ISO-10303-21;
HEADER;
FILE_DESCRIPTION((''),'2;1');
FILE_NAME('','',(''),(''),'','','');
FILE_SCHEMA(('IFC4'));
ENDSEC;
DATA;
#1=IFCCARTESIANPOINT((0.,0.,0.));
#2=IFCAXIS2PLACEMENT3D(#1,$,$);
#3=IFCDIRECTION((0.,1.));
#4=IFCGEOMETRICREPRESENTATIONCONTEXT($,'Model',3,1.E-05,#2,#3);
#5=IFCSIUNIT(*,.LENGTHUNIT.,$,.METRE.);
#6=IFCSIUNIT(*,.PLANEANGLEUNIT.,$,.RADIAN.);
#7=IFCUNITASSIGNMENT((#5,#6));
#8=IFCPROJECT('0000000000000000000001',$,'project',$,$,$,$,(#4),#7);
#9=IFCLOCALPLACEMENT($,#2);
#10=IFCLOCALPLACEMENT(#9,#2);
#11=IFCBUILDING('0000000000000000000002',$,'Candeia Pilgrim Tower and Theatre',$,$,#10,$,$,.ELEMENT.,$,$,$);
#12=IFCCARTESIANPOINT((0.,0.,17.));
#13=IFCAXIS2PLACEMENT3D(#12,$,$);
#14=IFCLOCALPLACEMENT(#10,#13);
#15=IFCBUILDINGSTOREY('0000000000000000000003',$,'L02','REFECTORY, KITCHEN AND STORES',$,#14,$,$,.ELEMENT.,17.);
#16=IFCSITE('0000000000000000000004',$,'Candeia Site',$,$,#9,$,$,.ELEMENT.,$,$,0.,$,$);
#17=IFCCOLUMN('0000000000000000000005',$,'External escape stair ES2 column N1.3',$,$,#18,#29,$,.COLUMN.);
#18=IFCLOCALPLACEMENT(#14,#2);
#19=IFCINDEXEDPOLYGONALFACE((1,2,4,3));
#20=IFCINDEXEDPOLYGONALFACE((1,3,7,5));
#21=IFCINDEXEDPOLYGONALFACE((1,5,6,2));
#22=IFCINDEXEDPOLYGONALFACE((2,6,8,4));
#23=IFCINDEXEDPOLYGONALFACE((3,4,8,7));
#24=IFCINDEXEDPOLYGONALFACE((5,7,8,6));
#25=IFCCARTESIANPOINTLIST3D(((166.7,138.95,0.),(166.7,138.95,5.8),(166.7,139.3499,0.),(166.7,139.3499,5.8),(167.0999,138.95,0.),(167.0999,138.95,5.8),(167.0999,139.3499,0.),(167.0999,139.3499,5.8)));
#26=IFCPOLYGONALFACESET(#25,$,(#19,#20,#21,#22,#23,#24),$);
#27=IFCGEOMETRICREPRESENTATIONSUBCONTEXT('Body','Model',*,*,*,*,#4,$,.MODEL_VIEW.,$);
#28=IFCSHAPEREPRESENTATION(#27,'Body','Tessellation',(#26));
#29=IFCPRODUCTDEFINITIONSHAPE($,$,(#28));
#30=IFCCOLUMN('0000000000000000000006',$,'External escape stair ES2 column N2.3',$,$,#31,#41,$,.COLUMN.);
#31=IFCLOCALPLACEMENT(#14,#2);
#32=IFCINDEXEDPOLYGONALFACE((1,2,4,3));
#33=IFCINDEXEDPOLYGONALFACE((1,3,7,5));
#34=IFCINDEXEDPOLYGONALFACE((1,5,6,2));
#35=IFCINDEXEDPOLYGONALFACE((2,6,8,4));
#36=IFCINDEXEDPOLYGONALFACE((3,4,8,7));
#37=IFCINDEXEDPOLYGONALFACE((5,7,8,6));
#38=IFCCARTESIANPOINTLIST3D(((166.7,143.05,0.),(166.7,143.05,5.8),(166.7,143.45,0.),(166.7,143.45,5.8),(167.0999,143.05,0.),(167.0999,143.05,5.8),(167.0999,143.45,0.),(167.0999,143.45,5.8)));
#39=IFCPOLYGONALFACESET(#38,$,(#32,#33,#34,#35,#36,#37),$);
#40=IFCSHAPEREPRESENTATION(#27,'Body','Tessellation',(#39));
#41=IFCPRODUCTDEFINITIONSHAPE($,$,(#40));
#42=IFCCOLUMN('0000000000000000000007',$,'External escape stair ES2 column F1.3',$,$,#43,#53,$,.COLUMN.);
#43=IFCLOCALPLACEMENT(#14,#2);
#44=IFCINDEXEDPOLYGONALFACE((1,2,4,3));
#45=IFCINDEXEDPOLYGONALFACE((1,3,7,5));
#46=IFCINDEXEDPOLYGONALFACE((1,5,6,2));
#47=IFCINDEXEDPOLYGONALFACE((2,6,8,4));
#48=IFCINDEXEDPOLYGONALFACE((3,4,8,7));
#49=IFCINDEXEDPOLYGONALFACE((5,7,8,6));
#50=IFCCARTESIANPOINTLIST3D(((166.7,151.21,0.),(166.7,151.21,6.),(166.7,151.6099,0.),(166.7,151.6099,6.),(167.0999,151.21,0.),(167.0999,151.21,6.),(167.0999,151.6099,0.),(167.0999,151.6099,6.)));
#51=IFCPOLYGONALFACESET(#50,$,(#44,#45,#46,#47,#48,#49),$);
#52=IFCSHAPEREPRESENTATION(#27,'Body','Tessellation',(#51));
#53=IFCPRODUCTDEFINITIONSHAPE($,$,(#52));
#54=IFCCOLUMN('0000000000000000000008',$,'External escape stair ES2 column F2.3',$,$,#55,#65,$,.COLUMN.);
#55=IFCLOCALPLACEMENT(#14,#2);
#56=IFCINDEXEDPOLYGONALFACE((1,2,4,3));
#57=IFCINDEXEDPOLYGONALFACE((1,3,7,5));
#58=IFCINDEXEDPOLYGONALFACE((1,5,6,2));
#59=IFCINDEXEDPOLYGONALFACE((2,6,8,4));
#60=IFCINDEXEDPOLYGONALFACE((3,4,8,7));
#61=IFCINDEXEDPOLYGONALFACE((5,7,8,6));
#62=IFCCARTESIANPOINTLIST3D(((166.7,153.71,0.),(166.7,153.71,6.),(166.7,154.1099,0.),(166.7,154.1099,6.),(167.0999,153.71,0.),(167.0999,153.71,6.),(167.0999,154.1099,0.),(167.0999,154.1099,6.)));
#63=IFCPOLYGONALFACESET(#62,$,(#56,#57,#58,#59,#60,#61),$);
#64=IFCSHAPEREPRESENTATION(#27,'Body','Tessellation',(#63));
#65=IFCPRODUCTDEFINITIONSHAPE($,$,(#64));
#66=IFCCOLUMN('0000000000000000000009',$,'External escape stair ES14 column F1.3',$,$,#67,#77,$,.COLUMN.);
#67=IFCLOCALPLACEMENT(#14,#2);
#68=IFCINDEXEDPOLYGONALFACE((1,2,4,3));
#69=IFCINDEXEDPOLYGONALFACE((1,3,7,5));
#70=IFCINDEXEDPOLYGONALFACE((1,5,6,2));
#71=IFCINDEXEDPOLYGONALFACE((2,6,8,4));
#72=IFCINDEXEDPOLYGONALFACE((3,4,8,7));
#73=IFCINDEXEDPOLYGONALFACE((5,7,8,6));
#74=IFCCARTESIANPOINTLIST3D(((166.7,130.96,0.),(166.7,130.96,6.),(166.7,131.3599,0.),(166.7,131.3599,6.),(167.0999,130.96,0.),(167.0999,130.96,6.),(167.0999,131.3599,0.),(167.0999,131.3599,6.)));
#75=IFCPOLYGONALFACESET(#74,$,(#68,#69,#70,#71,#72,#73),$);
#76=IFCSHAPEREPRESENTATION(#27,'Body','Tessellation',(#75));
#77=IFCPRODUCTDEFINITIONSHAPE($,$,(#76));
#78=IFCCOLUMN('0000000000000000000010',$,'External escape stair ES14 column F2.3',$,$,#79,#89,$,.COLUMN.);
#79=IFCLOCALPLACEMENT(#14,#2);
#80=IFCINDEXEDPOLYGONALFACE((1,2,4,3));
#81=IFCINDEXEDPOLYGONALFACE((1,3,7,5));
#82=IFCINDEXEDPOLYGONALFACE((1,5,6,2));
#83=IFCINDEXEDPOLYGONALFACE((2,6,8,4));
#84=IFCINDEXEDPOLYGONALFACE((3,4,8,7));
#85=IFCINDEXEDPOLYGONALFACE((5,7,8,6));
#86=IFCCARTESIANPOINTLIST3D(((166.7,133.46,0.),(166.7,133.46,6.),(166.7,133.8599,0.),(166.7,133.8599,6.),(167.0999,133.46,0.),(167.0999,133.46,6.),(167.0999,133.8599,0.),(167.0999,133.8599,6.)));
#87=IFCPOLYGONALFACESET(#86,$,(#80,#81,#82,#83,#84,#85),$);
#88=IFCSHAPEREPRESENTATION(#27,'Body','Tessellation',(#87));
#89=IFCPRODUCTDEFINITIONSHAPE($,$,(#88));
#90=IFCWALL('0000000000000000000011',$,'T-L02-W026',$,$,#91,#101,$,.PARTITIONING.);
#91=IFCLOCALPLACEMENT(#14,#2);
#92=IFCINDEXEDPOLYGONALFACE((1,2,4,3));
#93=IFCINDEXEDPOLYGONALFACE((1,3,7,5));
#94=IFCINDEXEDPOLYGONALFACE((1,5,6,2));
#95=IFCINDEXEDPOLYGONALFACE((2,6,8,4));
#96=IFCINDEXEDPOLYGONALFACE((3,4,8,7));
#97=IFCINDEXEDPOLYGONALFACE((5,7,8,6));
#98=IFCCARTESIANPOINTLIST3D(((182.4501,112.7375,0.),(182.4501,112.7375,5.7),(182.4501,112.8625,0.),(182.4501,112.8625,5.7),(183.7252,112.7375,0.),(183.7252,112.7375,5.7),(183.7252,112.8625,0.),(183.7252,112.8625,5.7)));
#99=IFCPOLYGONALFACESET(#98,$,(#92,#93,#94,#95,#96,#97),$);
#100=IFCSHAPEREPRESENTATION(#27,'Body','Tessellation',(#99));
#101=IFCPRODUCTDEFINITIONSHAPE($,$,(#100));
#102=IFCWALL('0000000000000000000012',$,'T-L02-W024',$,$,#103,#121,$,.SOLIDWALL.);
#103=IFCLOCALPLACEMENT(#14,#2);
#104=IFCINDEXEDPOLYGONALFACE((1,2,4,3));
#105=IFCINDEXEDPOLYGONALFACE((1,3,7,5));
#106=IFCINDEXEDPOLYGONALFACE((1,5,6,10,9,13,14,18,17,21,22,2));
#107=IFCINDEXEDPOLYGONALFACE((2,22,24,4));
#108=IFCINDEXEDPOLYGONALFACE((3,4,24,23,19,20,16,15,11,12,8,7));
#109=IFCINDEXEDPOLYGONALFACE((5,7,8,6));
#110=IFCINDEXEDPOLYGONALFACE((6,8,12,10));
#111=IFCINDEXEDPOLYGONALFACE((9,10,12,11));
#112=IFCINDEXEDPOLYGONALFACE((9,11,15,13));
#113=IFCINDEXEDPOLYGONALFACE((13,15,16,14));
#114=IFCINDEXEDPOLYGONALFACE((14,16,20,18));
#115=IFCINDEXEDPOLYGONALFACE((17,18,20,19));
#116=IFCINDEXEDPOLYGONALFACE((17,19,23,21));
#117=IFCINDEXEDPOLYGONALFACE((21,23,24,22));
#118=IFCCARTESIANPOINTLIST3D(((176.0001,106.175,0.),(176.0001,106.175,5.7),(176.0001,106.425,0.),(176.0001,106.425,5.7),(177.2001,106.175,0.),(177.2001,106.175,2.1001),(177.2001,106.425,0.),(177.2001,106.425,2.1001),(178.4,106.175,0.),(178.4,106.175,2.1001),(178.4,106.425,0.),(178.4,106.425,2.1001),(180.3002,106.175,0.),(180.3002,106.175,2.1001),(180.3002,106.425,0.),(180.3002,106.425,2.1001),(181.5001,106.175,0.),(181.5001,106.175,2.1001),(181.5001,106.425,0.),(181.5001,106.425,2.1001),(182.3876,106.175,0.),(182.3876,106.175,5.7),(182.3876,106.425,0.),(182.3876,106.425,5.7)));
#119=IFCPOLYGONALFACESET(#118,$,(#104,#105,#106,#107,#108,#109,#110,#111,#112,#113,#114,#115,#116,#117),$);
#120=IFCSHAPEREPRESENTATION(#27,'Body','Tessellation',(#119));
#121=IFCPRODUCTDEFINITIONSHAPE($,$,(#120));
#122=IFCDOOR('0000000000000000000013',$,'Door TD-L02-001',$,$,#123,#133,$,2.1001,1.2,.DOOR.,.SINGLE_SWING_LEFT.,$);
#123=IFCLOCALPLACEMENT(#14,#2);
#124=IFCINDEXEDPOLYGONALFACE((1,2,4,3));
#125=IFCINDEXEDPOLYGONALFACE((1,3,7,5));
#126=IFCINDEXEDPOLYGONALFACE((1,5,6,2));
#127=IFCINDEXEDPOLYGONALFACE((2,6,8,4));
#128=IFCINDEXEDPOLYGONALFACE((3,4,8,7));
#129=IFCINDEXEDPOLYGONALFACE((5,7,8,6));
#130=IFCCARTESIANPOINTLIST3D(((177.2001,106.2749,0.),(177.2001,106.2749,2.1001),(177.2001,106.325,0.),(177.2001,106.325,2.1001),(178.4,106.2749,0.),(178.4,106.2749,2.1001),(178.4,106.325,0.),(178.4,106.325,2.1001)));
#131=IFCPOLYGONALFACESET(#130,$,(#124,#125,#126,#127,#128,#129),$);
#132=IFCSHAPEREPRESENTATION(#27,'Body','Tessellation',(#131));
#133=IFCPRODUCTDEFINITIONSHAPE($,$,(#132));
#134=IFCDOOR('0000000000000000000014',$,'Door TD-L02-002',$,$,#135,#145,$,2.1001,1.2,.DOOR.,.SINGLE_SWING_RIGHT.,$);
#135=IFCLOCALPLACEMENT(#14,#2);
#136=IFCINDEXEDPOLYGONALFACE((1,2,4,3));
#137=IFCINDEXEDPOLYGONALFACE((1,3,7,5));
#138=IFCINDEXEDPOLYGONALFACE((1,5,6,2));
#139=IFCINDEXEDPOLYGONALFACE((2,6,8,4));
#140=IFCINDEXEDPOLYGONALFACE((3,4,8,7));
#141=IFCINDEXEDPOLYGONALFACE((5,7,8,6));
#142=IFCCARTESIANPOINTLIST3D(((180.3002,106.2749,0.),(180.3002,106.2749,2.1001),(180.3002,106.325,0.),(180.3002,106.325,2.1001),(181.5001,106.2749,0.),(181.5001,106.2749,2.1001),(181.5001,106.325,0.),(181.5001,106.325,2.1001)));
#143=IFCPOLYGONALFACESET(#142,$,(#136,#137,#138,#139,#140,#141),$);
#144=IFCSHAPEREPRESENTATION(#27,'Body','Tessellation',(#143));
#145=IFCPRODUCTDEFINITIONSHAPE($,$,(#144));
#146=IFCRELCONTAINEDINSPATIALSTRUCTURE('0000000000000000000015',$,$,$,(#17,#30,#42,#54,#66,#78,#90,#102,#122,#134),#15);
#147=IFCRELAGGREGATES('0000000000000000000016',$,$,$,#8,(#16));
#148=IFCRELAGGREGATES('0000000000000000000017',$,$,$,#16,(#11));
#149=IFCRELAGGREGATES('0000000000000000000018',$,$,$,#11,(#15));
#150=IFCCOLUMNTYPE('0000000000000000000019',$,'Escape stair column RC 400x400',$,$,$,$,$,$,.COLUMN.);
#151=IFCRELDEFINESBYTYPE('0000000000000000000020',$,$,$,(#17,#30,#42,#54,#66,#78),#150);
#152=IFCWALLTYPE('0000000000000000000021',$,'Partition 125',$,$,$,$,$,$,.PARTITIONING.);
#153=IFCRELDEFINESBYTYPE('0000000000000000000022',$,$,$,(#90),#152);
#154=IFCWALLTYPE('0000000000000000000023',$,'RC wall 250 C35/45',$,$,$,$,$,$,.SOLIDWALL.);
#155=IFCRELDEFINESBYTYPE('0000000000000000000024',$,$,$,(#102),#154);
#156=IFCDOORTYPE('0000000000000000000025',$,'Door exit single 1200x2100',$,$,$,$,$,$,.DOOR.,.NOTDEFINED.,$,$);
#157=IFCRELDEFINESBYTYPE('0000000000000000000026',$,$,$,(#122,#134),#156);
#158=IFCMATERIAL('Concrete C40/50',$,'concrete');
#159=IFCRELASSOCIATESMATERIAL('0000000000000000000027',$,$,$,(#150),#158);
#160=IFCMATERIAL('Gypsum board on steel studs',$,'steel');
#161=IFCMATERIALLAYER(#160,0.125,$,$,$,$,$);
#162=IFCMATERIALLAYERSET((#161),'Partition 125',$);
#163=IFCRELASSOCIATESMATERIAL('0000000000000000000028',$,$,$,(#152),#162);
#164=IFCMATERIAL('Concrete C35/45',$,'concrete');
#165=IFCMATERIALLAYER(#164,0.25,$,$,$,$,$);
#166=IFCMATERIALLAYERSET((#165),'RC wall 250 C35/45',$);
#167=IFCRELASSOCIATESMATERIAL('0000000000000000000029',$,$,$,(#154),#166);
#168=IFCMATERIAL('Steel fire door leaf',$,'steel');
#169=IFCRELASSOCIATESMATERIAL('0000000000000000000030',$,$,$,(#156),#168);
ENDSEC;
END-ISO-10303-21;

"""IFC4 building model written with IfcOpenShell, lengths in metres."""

from ifc_helpers import new_model, si_unit, direction, frame, frame_2d, origin, origin_2d, place, context, subcontext, project, spatial, rectangle, extrude, material, layer, layer_set, material_profile, profile_set, type_object, element, fill, save


model = new_model("IFC4")

# Units and contexts
model_context = context("Model", 3, precision=1e-05, world=origin(), true_north=direction((0.0, 1.0)))
body_context = subcontext(model_context, "Body", "Model", "MODEL_VIEW")
ifc_project = project(units=[si_unit("LENGTHUNIT", "METRE"), si_unit("PLANEANGLEUNIT", "RADIAN")], contexts=[model_context])

# Site, building, storey
site_placement = place(None, origin())
site = spatial("IfcSite", under=ifc_project, at=site_placement, Name="Candeia Site", CompositionType="ELEMENT", RefElevation=0.0)
building_placement = place(site_placement, origin())
building = spatial("IfcBuilding", under=site, at=building_placement, Name="Candeia Pilgrim Tower and Theatre", CompositionType="ELEMENT")
storey_placement = place(building_placement, frame((0.0, 0.0, 17.0)))
storey = spatial("IfcBuildingStorey", under=building, at=storey_placement, Name="L02", Description="REFECTORY, KITCHEN AND STORES", CompositionType="ELEMENT", Elevation=17.0)

# Columns
ifc_material_1 = material(Name="Concrete C40/50", Category="concrete")
ifc_material_profile = material_profile(ifc_material_1, rectangle(XDim=0.3999, YDim=0.3999, at=origin_2d()))
ifc_profile_set = profile_set([ifc_material_profile], Name="Concrete C40/50")
column_type = type_object("IfcColumnType", Name="Escape stair column RC 400x400", PredefinedType="COLUMN", material=ifc_profile_set)
for number, where, z_axis, x_axis, name in (
    (1, (166.8999, 139.1499, 0.0), (0.0, 0.0, 1.0), (1.0, 0.0, 0.0), "External escape stair ES2 column N1.3"),
    (2, (166.8999, 143.25, 0.0), (0.0, 0.0, 1.0), (1.0, 0.0, 0.0), "External escape stair ES2 column N2.3"),
):
    element("IfcColumn", number, at=place(storey_placement, frame(where, z_axis=z_axis, x_axis=x_axis)), inside=storey, type_object=column_type, Name=name, PredefinedType="COLUMN", context=body_context, shape_type="SweptSolid", body=[
        extrude(rectangle(XDim=0.3999, YDim=0.3999, at=origin_2d()), origin(), (0.0, 0.0, 1.0), 5.8),
    ])
for number, where, z_axis, x_axis, name in (
    (3, (166.8999, 151.4099, 0.0), (0.0, 0.0, 1.0), (1.0, 0.0, 0.0), "External escape stair ES2 column F1.3"),
    (4, (166.8999, 153.9099, 0.0), (0.0, 0.0, 1.0), (1.0, 0.0, 0.0), "External escape stair ES2 column F2.3"),
    (5, (166.8999, 131.1599, 0.0), (0.0, 0.0, 1.0), (1.0, 0.0, 0.0), "External escape stair ES14 column F1.3"),
    (6, (166.8999, 133.6599, 0.0), (0.0, 0.0, 1.0), (1.0, 0.0, 0.0), "External escape stair ES14 column F2.3"),
):
    element("IfcColumn", number, at=place(storey_placement, frame(where, z_axis=z_axis, x_axis=x_axis)), inside=storey, type_object=column_type, Name=name, PredefinedType="COLUMN", context=body_context, shape_type="SweptSolid", body=[
        extrude(rectangle(XDim=0.3999, YDim=0.3999, at=origin_2d()), origin(), (0.0, 0.0, 1.0), 6.0),
    ])

# Wall
ifc_material_2 = material(Name="Gypsum board on steel studs", Category="steel")
ifc_layer_1 = layer(ifc_material_2, 0.125)
ifc_layer_set_1 = layer_set([ifc_layer_1], Name="Partition 125")
wall_type_1 = type_object("IfcWallType", Name="Partition 125", PredefinedType="PARTITIONING", material=ifc_layer_set_1)
wall_1_placement = place(storey_placement, frame((182.45, 112.8, 0.0), z_axis=(0.0, 0.0, 1.0), x_axis=(1.0, 0.0, 0.0)))
element("IfcWall", 7, at=wall_1_placement, inside=storey, type_object=wall_type_1, Name="T-L02-W026", PredefinedType="PARTITIONING", context=body_context, shape_type="SweptSolid", body=[
    extrude(rectangle(XDim=1.2751, YDim=0.125, at=frame_2d((0.6377, 0.0))), origin(), (0.0, 0.0, 1.0), 5.7),
])

# Wall, openings, doors
ifc_material_3 = material(Name="Concrete C35/45", Category="concrete")
ifc_layer_2 = layer(ifc_material_3, 0.25)
ifc_layer_set_2 = layer_set([ifc_layer_2], Name="RC wall 250 C35/45")
wall_type_2 = type_object("IfcWallType", Name="RC wall 250 C35/45", PredefinedType="SOLIDWALL", material=ifc_layer_set_2)
wall_2_placement = place(storey_placement, frame((176.0, 106.3, 0.0), z_axis=(0.0, 0.0, 1.0), x_axis=(1.0, 0.0, 0.0)))
wall_2 = element("IfcWall", 8, at=wall_2_placement, inside=storey, type_object=wall_type_2, Name="T-L02-W024", PredefinedType="SOLIDWALL", context=body_context, shape_type="SweptSolid", body=[
    extrude(rectangle(XDim=6.3875, YDim=0.25, at=frame_2d((3.1938, 0.0))), origin(), (0.0, 0.0, 1.0), 5.7),
])
opening_1_placement = place(wall_2_placement, frame((1.2, 0.0, 0.0)))
opening_1 = element("IfcOpeningElement", 9, at=opening_1_placement, cuts=wall_2, PredefinedType="OPENING", context=body_context, shape_type="SweptSolid", body=[
    extrude(rectangle(XDim=1.2, YDim=2.1001, at=frame_2d((0.6001, 1.05))), frame((0.0, 0.135, 0.0), z_axis=(0.0, -1.0, 0.0), x_axis=(1.0, 0.0, 0.0)), (0.0, 0.0, 1.0), 0.27),
])
opening_2_placement = place(wall_2_placement, frame((4.3, 0.0, 0.0)))
opening_2 = element("IfcOpeningElement", 10, at=opening_2_placement, cuts=wall_2, PredefinedType="OPENING", context=body_context, shape_type="SweptSolid", body=[
    extrude(rectangle(XDim=1.2, YDim=2.1001, at=frame_2d((0.6001, 1.05))), frame((0.0, 0.135, 0.0), z_axis=(0.0, -1.0, 0.0), x_axis=(1.0, 0.0, 0.0)), (0.0, 0.0, 1.0), 0.27),
])
ifc_material_4 = material(Name="Steel fire door leaf", Category="steel")
door_type_1 = type_object("IfcDoorType", Name="Door exit single 1200x2100", OperationType="NOTDEFINED", PredefinedType="DOOR", material=ifc_material_4)
door_1_placement = place(opening_1_placement, origin())
door_1 = element("IfcDoor", 11, at=door_1_placement, inside=storey, type_object=door_type_1, Name="Door TD-L02-001", OperationType="SINGLE_SWING_LEFT", OverallHeight=2.1001, OverallWidth=1.2, PredefinedType="DOOR", context=body_context, shape_type="SweptSolid", body=[
    extrude(rectangle(XDim=1.2, YDim=2.1001, at=frame_2d((0.6001, 1.05))), frame((0.0, 0.0249, 0.0), z_axis=(0.0, -1.0, 0.0), x_axis=(1.0, 0.0, 0.0)), (0.0, 0.0, 1.0), 0.05),
])
fill(opening_1, door_1)
door_2_placement = place(opening_2_placement, origin())
door_2 = element("IfcDoor", 12, at=door_2_placement, inside=storey, type_object=door_type_1, Name="Door TD-L02-002", OperationType="SINGLE_SWING_RIGHT", OverallHeight=2.1001, OverallWidth=1.2, PredefinedType="DOOR", context=body_context, shape_type="SweptSolid", body=[
    extrude(rectangle(XDim=1.2, YDim=2.1001, at=frame_2d((0.6001, 1.05))), frame((0.0, 0.0249, 0.0), z_axis=(0.0, -1.0, 0.0), x_axis=(1.0, 0.0, 0.0)), (0.0, 0.0, 1.0), 0.05),
])
fill(opening_2, door_2)

save(model, "model.ifc")
